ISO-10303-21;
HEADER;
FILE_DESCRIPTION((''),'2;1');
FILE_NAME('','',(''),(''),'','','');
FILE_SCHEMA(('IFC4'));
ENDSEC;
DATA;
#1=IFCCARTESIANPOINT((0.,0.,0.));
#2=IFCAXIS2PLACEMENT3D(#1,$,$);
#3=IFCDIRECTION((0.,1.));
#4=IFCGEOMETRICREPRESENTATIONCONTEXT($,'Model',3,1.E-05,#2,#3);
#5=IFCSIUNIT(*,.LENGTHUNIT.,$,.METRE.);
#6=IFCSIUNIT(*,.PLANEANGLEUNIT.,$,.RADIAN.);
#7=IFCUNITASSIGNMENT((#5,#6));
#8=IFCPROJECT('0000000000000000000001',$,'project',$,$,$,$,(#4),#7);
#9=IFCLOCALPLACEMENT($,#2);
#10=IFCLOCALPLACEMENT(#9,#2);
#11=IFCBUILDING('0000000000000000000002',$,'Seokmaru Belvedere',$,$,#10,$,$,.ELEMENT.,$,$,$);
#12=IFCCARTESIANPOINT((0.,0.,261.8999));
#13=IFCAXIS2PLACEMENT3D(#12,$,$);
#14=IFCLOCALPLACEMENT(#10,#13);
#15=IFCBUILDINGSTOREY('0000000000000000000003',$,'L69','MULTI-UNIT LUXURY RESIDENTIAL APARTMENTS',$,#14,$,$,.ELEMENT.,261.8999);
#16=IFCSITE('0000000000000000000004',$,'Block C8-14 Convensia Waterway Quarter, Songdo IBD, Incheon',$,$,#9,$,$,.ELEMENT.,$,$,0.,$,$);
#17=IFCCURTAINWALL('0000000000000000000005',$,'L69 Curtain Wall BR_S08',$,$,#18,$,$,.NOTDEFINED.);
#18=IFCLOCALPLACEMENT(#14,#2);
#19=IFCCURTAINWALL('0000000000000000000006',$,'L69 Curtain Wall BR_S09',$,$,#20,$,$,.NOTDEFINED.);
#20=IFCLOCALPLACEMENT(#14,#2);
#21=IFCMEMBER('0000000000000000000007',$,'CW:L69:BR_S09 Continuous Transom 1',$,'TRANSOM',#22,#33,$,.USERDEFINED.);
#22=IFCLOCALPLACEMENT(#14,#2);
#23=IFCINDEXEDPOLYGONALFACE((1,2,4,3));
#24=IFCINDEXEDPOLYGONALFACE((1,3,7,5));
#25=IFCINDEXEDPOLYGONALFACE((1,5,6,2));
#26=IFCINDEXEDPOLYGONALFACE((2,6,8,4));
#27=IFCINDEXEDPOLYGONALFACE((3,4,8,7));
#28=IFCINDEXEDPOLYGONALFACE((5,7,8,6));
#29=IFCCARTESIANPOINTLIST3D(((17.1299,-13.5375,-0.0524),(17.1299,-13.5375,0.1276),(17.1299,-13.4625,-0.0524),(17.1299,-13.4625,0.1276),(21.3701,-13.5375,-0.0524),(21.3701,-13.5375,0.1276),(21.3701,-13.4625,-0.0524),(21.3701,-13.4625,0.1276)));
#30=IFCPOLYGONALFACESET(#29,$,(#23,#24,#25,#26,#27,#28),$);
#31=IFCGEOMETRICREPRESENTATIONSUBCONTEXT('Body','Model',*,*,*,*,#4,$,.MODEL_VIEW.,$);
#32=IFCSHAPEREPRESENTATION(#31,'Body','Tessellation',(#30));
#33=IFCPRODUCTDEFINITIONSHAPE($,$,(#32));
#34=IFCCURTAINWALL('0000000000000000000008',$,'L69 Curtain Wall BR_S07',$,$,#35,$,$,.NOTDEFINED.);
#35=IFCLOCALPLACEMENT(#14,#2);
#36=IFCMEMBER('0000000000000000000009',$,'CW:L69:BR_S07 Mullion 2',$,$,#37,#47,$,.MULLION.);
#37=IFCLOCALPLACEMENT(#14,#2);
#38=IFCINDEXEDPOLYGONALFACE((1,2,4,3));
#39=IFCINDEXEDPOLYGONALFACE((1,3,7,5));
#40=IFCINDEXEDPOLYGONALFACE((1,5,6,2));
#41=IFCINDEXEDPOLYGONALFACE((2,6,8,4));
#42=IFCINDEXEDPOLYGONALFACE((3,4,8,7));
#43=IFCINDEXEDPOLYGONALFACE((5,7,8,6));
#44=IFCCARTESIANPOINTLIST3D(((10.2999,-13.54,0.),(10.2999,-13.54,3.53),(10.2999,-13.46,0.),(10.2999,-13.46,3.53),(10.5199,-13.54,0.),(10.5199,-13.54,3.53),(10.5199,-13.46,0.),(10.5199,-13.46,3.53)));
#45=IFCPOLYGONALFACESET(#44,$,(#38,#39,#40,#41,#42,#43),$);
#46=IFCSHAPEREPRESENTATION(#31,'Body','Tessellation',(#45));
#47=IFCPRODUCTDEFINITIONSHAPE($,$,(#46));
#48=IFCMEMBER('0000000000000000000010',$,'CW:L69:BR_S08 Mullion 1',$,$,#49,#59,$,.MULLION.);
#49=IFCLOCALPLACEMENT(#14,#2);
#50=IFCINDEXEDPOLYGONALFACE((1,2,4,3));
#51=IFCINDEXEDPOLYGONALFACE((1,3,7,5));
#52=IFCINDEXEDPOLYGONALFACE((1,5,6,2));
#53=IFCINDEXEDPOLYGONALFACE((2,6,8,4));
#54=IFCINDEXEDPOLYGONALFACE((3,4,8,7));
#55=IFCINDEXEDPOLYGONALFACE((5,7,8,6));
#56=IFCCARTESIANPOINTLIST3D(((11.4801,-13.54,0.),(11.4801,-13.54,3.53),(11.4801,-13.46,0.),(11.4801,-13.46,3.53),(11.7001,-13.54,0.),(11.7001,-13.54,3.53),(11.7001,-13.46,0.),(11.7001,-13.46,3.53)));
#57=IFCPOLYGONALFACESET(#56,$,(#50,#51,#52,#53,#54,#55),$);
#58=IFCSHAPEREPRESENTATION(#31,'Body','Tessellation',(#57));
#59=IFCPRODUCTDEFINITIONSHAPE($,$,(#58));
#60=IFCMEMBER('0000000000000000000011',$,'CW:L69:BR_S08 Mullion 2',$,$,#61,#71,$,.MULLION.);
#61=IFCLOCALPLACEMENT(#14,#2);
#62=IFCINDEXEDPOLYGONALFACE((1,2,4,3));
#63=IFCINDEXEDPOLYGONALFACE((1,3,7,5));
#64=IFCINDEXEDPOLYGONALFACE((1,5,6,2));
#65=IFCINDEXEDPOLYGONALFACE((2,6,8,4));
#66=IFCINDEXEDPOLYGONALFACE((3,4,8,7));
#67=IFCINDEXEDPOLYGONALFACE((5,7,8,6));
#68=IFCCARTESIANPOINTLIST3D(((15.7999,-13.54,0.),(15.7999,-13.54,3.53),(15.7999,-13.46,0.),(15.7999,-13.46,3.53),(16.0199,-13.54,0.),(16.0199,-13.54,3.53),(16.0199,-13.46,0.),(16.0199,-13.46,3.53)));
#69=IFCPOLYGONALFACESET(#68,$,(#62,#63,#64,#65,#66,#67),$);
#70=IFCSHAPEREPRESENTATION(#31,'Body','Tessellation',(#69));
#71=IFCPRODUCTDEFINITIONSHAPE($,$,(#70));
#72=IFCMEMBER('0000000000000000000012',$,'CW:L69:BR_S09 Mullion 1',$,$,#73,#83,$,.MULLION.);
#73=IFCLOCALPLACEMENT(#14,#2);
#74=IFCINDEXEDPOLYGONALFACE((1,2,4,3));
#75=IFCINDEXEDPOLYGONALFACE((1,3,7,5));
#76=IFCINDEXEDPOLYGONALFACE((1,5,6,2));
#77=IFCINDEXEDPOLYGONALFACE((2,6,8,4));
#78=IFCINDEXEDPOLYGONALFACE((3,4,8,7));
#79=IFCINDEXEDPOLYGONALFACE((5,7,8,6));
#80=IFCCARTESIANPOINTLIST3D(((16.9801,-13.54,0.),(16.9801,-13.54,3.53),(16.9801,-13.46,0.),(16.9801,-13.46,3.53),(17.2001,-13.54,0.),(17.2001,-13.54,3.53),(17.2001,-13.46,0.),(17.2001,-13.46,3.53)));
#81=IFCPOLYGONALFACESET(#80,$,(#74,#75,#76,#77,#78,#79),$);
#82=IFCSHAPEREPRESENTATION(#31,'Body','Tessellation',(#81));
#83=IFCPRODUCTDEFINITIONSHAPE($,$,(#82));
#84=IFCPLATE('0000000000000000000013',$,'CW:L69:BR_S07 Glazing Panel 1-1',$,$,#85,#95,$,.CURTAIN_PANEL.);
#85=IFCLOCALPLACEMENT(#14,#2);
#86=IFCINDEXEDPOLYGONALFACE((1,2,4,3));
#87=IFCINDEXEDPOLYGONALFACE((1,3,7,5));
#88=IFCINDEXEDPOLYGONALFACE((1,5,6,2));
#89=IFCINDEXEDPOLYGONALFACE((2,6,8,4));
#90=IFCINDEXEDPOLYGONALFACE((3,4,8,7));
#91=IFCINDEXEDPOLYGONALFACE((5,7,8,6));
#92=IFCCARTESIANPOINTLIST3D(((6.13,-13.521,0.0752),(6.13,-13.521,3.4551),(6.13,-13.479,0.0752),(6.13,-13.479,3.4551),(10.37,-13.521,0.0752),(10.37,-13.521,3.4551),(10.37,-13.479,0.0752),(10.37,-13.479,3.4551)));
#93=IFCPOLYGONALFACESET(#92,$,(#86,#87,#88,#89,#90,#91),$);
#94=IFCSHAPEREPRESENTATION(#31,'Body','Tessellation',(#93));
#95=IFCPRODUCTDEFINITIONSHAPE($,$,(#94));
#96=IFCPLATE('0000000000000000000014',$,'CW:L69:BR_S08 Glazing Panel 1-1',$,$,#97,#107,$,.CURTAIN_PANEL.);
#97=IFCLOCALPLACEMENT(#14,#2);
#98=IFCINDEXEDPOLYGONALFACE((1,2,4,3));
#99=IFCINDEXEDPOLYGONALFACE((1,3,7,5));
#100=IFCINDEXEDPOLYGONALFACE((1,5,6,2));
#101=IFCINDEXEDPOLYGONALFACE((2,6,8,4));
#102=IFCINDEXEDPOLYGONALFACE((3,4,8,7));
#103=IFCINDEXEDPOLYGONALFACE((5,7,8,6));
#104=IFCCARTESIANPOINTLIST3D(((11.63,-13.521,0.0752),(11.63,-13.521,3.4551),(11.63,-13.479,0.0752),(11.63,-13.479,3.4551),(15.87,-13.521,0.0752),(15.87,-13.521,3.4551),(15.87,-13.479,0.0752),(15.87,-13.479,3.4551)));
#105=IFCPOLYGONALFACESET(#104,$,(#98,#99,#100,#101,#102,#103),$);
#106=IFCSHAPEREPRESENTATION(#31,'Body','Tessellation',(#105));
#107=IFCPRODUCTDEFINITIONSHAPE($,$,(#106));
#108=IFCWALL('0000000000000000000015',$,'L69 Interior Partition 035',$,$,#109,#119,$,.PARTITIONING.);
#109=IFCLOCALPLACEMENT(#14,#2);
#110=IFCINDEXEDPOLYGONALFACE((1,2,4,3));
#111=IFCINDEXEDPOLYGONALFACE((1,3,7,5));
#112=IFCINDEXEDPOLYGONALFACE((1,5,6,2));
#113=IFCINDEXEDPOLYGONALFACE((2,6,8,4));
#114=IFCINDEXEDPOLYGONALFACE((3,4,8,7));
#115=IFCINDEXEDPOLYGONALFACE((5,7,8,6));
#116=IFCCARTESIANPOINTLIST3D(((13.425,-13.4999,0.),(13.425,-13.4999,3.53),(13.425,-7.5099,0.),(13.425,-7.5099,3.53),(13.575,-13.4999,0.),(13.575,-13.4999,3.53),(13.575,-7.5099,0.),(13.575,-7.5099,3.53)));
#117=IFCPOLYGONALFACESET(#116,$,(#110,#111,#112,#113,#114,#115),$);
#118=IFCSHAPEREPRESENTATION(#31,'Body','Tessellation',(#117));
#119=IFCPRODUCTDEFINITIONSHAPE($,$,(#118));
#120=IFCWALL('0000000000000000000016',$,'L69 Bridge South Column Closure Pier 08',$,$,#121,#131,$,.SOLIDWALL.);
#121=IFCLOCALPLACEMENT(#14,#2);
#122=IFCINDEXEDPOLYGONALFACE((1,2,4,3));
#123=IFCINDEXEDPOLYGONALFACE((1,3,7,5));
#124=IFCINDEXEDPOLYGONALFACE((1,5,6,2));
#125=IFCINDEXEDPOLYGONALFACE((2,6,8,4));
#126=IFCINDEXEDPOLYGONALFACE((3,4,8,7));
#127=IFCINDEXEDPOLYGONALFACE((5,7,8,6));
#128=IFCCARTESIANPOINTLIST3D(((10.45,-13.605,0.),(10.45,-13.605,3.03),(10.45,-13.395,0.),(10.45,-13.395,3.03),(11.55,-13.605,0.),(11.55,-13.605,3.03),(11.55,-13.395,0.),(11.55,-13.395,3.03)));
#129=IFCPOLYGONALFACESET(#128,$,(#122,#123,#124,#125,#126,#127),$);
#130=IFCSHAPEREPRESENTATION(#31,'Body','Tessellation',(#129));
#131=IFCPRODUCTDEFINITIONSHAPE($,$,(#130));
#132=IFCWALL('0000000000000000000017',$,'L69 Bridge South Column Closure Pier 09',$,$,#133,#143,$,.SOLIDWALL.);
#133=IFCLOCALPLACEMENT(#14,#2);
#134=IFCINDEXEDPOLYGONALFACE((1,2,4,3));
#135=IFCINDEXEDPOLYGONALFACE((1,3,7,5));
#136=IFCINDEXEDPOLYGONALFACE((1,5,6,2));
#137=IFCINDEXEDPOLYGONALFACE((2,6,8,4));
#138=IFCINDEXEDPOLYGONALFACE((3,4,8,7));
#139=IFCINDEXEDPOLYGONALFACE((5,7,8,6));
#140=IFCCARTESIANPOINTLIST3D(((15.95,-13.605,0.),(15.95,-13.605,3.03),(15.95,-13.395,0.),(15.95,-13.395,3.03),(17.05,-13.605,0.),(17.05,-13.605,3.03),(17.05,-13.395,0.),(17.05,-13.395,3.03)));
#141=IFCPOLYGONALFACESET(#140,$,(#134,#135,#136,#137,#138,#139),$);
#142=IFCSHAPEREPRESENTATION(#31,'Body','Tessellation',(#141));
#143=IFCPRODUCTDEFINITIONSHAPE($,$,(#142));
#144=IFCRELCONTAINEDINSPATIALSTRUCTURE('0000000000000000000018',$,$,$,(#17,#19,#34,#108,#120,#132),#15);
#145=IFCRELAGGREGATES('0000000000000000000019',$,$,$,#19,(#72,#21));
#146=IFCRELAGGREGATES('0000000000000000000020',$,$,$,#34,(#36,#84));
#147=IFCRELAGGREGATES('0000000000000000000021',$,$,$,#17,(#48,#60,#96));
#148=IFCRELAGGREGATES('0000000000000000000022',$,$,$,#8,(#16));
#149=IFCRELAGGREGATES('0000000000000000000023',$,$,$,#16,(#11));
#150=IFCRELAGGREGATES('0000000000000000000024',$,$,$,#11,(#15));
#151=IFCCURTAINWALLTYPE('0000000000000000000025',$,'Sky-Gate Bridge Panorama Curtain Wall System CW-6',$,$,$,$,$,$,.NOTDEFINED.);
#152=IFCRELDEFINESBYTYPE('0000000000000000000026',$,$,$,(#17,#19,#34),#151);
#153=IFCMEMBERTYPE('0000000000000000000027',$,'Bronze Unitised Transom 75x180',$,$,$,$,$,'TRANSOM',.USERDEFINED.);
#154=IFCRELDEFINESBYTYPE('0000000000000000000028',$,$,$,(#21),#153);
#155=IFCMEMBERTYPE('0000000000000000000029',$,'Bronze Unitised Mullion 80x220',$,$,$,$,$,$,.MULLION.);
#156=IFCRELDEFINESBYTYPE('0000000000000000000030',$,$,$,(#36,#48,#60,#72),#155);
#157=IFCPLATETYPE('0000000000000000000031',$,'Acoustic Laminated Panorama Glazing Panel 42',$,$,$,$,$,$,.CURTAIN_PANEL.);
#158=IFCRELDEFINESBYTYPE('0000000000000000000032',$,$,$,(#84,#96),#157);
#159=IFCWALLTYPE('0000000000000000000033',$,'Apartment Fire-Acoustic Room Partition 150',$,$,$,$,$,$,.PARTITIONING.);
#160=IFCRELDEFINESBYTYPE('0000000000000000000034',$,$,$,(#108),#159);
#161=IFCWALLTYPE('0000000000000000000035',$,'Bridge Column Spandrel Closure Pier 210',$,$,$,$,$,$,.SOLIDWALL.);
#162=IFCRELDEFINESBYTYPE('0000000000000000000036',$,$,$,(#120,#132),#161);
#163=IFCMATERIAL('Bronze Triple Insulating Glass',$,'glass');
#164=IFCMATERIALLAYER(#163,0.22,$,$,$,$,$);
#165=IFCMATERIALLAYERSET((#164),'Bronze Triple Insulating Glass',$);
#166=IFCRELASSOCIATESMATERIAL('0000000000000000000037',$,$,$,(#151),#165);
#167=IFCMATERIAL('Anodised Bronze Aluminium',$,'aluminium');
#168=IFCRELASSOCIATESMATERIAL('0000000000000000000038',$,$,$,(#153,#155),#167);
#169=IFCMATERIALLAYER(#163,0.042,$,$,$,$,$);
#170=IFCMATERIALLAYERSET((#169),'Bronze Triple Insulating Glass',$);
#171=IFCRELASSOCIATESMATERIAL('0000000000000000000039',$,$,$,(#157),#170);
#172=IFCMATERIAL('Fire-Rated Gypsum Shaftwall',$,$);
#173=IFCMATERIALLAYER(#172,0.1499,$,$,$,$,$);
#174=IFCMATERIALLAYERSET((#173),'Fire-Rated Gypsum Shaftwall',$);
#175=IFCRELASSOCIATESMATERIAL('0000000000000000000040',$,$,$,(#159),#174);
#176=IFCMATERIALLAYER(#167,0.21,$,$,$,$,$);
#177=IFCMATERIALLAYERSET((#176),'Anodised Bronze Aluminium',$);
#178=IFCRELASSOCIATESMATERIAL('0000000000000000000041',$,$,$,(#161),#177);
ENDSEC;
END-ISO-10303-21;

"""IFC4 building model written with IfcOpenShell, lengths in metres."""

from ifc_helpers import new_model, si_unit, direction, frame, frame_2d, origin, origin_2d, place, context, subcontext, project, spatial, rectangle, extrude, source, transform, mapped, material, layer, layer_set, material_profile, profile_set, type_object, type_shapes, element, aggregate, save


model = new_model("IFC4")

# Units and contexts
model_context = context("Model", 3, precision=1e-05, world=origin(), true_north=direction((0.0, 1.0)))
body_context = subcontext(model_context, "Body", "Model", "MODEL_VIEW")
ifc_project = project(units=[si_unit("LENGTHUNIT", "METRE"), si_unit("PLANEANGLEUNIT", "RADIAN")], contexts=[model_context])

# Site, building, storey
site_placement = place(None, origin())
site = spatial("IfcSite", under=ifc_project, at=site_placement, Name="Block C8-14 Convensia Waterway Quarter, Songdo IBD, Incheon", CompositionType="ELEMENT", RefElevation=0.0)
building_placement = place(site_placement, origin())
building = spatial("IfcBuilding", under=site, at=building_placement, Name="Seokmaru Belvedere", CompositionType="ELEMENT")
storey_placement = place(building_placement, frame((0.0, 0.0, 261.8999)))
storey = spatial("IfcBuildingStorey", under=building, at=storey_placement, Name="L69", Description="MULTI-UNIT LUXURY RESIDENTIAL APARTMENTS", CompositionType="ELEMENT", Elevation=261.8999)

# Curtain wall
ifc_material_1 = material(Name="Bronze Triple Insulating Glass", Category="glass")
ifc_layer_1 = layer(ifc_material_1, 0.22)
ifc_layer_set_1 = layer_set([ifc_layer_1], Name="Bronze Triple Insulating Glass")
curtain_wall_type = type_object("IfcCurtainWallType", Name="Sky-Gate Bridge Panorama Curtain Wall System CW-6", PredefinedType="NOTDEFINED", material=ifc_layer_set_1)
curtain_wall_1_placement = place(storey_placement, origin())
curtain_wall_1 = element("IfcCurtainWall", 1, at=curtain_wall_1_placement, inside=storey, type_object=curtain_wall_type, Name="L69 Curtain Wall BR_S08", PredefinedType="NOTDEFINED")
ifc_material_2 = material(Name="Anodised Bronze Aluminium", Category="aluminium")
ifc_material_profile_1 = material_profile(ifc_material_2, rectangle(XDim=0.075, YDim=0.1799, at=origin_2d()), Name="CW-T-75x180")
ifc_profile_set_1 = profile_set([ifc_material_profile_1], Name="Anodised Bronze Aluminium")
member_type_1 = type_object("IfcMemberType", Name="Bronze Unitised Transom 75x180", ElementType="TRANSOM", PredefinedType="USERDEFINED", material=ifc_profile_set_1)
shared_shape_1 = source(origin(), body_context, "Body", "SweptSolid", [
    extrude(rectangle(XDim=0.075, YDim=0.1799, at=origin_2d()), origin(), (0.0, 0.0, 1.0), 4.2402),
])
type_shapes(member_type_1, [shared_shape_1])

# Curtain walls, members
curtain_wall_2_placement = place(storey_placement, origin())
curtain_wall_2 = element("IfcCurtainWall", 2, at=curtain_wall_2_placement, inside=storey, type_object=curtain_wall_type, Name="L69 Curtain Wall BR_S09", PredefinedType="NOTDEFINED")
member_1_placement = place(storey_placement, frame((17.1299, -13.5, 0.0376), z_axis=(1.0, 0.0, 0.0), x_axis=(0.0, 1.0, 0.0)))
member_1 = element("IfcMember", 3, at=member_1_placement, type_object=member_type_1, Name="CW:L69:BR_S09 Continuous Transom 1", ObjectType="TRANSOM", PredefinedType="USERDEFINED", context=body_context, shape_type="MappedRepresentation", body=[
    mapped(shared_shape_1, transform((0.0, 0.0, 0.0), scale=1.0)),
])
curtain_wall_3_placement = place(storey_placement, origin())
curtain_wall_3 = element("IfcCurtainWall", 4, at=curtain_wall_3_placement, inside=storey, type_object=curtain_wall_type, Name="L69 Curtain Wall BR_S07", PredefinedType="NOTDEFINED")
ifc_material_profile_2 = material_profile(ifc_material_2, rectangle(XDim=0.0801, YDim=0.22, at=origin_2d()), Name="CW-M-80x220")
ifc_profile_set_2 = profile_set([ifc_material_profile_2], Name="Anodised Bronze Aluminium")
member_type_2 = type_object("IfcMemberType", Name="Bronze Unitised Mullion 80x220", PredefinedType="MULLION", material=ifc_profile_set_2)
shared_shape_2 = source(origin(), body_context, "Body", "SweptSolid", [
    extrude(rectangle(XDim=0.0801, YDim=0.22, at=origin_2d()), origin(), (0.0, 0.0, 1.0), 3.53),
])
type_shapes(member_type_2, [shared_shape_2])
member_2_placement = place(storey_placement, frame((10.4099, -13.5, 0.0), z_axis=(0.0, 0.0, 1.0), x_axis=(0.0, 1.0, 0.0)))
member_2 = element("IfcMember", 5, at=member_2_placement, type_object=member_type_2, Name="CW:L69:BR_S07 Mullion 2", PredefinedType="MULLION", context=body_context, shape_type="MappedRepresentation", body=[
    mapped(shared_shape_2, transform((0.0, 0.0, 0.0), scale=1.0)),
])

# Members
member_3_placement = place(storey_placement, frame((11.5901, -13.5, 0.0), z_axis=(0.0, 0.0, 1.0), x_axis=(0.0, 1.0, 0.0)))
member_3 = element("IfcMember", 6, at=member_3_placement, type_object=member_type_2, Name="CW:L69:BR_S08 Mullion 1", PredefinedType="MULLION", context=body_context, shape_type="MappedRepresentation", body=[
    mapped(shared_shape_2, transform((0.0, 0.0, 0.0), scale=1.0)),
])
member_4_placement = place(storey_placement, frame((15.9099, -13.5, 0.0), z_axis=(0.0, 0.0, 1.0), x_axis=(0.0, 1.0, 0.0)))
member_4 = element("IfcMember", 7, at=member_4_placement, type_object=member_type_2, Name="CW:L69:BR_S08 Mullion 2", PredefinedType="MULLION", context=body_context, shape_type="MappedRepresentation", body=[
    mapped(shared_shape_2, transform((0.0, 0.0, 0.0), scale=1.0)),
])
member_5_placement = place(storey_placement, frame((17.0901, -13.5, 0.0), z_axis=(0.0, 0.0, 1.0), x_axis=(0.0, 1.0, 0.0)))
member_5 = element("IfcMember", 8, at=member_5_placement, type_object=member_type_2, Name="CW:L69:BR_S09 Mullion 1", PredefinedType="MULLION", context=body_context, shape_type="MappedRepresentation", body=[
    mapped(shared_shape_2, transform((0.0, 0.0, 0.0), scale=1.0)),
])
aggregate(curtain_wall_2, [member_5, member_1])

# Plates
ifc_layer_2 = layer(ifc_material_1, 0.042)
ifc_layer_set_2 = layer_set([ifc_layer_2], Name="Bronze Triple Insulating Glass")
plate_type = type_object("IfcPlateType", Name="Acoustic Laminated Panorama Glazing Panel 42", PredefinedType="CURTAIN_PANEL", material=ifc_layer_set_2)
shared_shape_3 = source(origin(), body_context, "Body", "SweptSolid", [
    extrude(rectangle(XDim=4.24, YDim=0.042, at=origin_2d()), origin(), (0.0, 0.0, 1.0), 3.3799),
])
type_shapes(plate_type, [shared_shape_3])
plate_1_placement = place(storey_placement, frame((8.25, -13.5, 0.0752), z_axis=(0.0, 0.0, 1.0), x_axis=(1.0, 0.0, 0.0)))
plate_1 = element("IfcPlate", 9, at=plate_1_placement, type_object=plate_type, Name="CW:L69:BR_S07 Glazing Panel 1-1", PredefinedType="CURTAIN_PANEL", context=body_context, shape_type="MappedRepresentation", body=[
    mapped(shared_shape_3, transform((0.0, 0.0, 0.0), scale=1.0)),
])
aggregate(curtain_wall_3, [member_2, plate_1])
plate_2_placement = place(storey_placement, frame((13.75, -13.5, 0.0752), z_axis=(0.0, 0.0, 1.0), x_axis=(1.0, 0.0, 0.0)))
plate_2 = element("IfcPlate", 10, at=plate_2_placement, type_object=plate_type, Name="CW:L69:BR_S08 Glazing Panel 1-1", PredefinedType="CURTAIN_PANEL", context=body_context, shape_type="MappedRepresentation", body=[
    mapped(shared_shape_3, transform((0.0, 0.0, 0.0), scale=1.0)),
])
aggregate(curtain_wall_1, [member_3, member_4, plate_2])

# Walls
ifc_material_3 = material(Name="Fire-Rated Gypsum Shaftwall")
ifc_layer_3 = layer(ifc_material_3, 0.1499)
ifc_layer_set_3 = layer_set([ifc_layer_3], Name="Fire-Rated Gypsum Shaftwall")
wall_type_1 = type_object("IfcWallType", Name="Apartment Fire-Acoustic Room Partition 150", PredefinedType="PARTITIONING", material=ifc_layer_set_3)
wall_placement = place(storey_placement, frame((13.5, -13.5, 0.0), z_axis=(0.0, 0.0, 1.0), x_axis=(0.0, 1.0, 0.0)))
element("IfcWall", 11, at=wall_placement, inside=storey, type_object=wall_type_1, Name="L69 Interior Partition 035", PredefinedType="PARTITIONING", context=body_context, shape_type="SweptSolid", body=[
    extrude(rectangle(XDim=5.99, YDim=0.1499, at=frame_2d((2.9951, 0.0))), origin(), (0.0, 0.0, 1.0), 3.53),
])
ifc_layer_4 = layer(ifc_material_2, 0.21)
ifc_layer_set_4 = layer_set([ifc_layer_4], Name="Anodised Bronze Aluminium")
wall_type_2 = type_object("IfcWallType", Name="Bridge Column Spandrel Closure Pier 210", PredefinedType="SOLIDWALL", material=ifc_layer_set_4)
for number, where, z_axis, x_axis, name in (
    (12, (10.45, -13.5, 0.0), (0.0, 0.0, 1.0), (1.0, 0.0, 0.0), "L69 Bridge South Column Closure Pier 08"),
    (13, (15.95, -13.5, 0.0), (0.0, 0.0, 1.0), (1.0, 0.0, 0.0), "L69 Bridge South Column Closure Pier 09"),
):
    element("IfcWall", number, at=place(storey_placement, frame(where, z_axis=z_axis, x_axis=x_axis)), inside=storey, type_object=wall_type_2, Name=name, PredefinedType="SOLIDWALL", context=body_context, shape_type="SweptSolid", body=[
        extrude(rectangle(XDim=1.1001, YDim=0.21, at=frame_2d((0.55, 0.0))), origin(), (0.0, 0.0, 1.0), 3.03),
    ])

save(model, "model.ifc")
